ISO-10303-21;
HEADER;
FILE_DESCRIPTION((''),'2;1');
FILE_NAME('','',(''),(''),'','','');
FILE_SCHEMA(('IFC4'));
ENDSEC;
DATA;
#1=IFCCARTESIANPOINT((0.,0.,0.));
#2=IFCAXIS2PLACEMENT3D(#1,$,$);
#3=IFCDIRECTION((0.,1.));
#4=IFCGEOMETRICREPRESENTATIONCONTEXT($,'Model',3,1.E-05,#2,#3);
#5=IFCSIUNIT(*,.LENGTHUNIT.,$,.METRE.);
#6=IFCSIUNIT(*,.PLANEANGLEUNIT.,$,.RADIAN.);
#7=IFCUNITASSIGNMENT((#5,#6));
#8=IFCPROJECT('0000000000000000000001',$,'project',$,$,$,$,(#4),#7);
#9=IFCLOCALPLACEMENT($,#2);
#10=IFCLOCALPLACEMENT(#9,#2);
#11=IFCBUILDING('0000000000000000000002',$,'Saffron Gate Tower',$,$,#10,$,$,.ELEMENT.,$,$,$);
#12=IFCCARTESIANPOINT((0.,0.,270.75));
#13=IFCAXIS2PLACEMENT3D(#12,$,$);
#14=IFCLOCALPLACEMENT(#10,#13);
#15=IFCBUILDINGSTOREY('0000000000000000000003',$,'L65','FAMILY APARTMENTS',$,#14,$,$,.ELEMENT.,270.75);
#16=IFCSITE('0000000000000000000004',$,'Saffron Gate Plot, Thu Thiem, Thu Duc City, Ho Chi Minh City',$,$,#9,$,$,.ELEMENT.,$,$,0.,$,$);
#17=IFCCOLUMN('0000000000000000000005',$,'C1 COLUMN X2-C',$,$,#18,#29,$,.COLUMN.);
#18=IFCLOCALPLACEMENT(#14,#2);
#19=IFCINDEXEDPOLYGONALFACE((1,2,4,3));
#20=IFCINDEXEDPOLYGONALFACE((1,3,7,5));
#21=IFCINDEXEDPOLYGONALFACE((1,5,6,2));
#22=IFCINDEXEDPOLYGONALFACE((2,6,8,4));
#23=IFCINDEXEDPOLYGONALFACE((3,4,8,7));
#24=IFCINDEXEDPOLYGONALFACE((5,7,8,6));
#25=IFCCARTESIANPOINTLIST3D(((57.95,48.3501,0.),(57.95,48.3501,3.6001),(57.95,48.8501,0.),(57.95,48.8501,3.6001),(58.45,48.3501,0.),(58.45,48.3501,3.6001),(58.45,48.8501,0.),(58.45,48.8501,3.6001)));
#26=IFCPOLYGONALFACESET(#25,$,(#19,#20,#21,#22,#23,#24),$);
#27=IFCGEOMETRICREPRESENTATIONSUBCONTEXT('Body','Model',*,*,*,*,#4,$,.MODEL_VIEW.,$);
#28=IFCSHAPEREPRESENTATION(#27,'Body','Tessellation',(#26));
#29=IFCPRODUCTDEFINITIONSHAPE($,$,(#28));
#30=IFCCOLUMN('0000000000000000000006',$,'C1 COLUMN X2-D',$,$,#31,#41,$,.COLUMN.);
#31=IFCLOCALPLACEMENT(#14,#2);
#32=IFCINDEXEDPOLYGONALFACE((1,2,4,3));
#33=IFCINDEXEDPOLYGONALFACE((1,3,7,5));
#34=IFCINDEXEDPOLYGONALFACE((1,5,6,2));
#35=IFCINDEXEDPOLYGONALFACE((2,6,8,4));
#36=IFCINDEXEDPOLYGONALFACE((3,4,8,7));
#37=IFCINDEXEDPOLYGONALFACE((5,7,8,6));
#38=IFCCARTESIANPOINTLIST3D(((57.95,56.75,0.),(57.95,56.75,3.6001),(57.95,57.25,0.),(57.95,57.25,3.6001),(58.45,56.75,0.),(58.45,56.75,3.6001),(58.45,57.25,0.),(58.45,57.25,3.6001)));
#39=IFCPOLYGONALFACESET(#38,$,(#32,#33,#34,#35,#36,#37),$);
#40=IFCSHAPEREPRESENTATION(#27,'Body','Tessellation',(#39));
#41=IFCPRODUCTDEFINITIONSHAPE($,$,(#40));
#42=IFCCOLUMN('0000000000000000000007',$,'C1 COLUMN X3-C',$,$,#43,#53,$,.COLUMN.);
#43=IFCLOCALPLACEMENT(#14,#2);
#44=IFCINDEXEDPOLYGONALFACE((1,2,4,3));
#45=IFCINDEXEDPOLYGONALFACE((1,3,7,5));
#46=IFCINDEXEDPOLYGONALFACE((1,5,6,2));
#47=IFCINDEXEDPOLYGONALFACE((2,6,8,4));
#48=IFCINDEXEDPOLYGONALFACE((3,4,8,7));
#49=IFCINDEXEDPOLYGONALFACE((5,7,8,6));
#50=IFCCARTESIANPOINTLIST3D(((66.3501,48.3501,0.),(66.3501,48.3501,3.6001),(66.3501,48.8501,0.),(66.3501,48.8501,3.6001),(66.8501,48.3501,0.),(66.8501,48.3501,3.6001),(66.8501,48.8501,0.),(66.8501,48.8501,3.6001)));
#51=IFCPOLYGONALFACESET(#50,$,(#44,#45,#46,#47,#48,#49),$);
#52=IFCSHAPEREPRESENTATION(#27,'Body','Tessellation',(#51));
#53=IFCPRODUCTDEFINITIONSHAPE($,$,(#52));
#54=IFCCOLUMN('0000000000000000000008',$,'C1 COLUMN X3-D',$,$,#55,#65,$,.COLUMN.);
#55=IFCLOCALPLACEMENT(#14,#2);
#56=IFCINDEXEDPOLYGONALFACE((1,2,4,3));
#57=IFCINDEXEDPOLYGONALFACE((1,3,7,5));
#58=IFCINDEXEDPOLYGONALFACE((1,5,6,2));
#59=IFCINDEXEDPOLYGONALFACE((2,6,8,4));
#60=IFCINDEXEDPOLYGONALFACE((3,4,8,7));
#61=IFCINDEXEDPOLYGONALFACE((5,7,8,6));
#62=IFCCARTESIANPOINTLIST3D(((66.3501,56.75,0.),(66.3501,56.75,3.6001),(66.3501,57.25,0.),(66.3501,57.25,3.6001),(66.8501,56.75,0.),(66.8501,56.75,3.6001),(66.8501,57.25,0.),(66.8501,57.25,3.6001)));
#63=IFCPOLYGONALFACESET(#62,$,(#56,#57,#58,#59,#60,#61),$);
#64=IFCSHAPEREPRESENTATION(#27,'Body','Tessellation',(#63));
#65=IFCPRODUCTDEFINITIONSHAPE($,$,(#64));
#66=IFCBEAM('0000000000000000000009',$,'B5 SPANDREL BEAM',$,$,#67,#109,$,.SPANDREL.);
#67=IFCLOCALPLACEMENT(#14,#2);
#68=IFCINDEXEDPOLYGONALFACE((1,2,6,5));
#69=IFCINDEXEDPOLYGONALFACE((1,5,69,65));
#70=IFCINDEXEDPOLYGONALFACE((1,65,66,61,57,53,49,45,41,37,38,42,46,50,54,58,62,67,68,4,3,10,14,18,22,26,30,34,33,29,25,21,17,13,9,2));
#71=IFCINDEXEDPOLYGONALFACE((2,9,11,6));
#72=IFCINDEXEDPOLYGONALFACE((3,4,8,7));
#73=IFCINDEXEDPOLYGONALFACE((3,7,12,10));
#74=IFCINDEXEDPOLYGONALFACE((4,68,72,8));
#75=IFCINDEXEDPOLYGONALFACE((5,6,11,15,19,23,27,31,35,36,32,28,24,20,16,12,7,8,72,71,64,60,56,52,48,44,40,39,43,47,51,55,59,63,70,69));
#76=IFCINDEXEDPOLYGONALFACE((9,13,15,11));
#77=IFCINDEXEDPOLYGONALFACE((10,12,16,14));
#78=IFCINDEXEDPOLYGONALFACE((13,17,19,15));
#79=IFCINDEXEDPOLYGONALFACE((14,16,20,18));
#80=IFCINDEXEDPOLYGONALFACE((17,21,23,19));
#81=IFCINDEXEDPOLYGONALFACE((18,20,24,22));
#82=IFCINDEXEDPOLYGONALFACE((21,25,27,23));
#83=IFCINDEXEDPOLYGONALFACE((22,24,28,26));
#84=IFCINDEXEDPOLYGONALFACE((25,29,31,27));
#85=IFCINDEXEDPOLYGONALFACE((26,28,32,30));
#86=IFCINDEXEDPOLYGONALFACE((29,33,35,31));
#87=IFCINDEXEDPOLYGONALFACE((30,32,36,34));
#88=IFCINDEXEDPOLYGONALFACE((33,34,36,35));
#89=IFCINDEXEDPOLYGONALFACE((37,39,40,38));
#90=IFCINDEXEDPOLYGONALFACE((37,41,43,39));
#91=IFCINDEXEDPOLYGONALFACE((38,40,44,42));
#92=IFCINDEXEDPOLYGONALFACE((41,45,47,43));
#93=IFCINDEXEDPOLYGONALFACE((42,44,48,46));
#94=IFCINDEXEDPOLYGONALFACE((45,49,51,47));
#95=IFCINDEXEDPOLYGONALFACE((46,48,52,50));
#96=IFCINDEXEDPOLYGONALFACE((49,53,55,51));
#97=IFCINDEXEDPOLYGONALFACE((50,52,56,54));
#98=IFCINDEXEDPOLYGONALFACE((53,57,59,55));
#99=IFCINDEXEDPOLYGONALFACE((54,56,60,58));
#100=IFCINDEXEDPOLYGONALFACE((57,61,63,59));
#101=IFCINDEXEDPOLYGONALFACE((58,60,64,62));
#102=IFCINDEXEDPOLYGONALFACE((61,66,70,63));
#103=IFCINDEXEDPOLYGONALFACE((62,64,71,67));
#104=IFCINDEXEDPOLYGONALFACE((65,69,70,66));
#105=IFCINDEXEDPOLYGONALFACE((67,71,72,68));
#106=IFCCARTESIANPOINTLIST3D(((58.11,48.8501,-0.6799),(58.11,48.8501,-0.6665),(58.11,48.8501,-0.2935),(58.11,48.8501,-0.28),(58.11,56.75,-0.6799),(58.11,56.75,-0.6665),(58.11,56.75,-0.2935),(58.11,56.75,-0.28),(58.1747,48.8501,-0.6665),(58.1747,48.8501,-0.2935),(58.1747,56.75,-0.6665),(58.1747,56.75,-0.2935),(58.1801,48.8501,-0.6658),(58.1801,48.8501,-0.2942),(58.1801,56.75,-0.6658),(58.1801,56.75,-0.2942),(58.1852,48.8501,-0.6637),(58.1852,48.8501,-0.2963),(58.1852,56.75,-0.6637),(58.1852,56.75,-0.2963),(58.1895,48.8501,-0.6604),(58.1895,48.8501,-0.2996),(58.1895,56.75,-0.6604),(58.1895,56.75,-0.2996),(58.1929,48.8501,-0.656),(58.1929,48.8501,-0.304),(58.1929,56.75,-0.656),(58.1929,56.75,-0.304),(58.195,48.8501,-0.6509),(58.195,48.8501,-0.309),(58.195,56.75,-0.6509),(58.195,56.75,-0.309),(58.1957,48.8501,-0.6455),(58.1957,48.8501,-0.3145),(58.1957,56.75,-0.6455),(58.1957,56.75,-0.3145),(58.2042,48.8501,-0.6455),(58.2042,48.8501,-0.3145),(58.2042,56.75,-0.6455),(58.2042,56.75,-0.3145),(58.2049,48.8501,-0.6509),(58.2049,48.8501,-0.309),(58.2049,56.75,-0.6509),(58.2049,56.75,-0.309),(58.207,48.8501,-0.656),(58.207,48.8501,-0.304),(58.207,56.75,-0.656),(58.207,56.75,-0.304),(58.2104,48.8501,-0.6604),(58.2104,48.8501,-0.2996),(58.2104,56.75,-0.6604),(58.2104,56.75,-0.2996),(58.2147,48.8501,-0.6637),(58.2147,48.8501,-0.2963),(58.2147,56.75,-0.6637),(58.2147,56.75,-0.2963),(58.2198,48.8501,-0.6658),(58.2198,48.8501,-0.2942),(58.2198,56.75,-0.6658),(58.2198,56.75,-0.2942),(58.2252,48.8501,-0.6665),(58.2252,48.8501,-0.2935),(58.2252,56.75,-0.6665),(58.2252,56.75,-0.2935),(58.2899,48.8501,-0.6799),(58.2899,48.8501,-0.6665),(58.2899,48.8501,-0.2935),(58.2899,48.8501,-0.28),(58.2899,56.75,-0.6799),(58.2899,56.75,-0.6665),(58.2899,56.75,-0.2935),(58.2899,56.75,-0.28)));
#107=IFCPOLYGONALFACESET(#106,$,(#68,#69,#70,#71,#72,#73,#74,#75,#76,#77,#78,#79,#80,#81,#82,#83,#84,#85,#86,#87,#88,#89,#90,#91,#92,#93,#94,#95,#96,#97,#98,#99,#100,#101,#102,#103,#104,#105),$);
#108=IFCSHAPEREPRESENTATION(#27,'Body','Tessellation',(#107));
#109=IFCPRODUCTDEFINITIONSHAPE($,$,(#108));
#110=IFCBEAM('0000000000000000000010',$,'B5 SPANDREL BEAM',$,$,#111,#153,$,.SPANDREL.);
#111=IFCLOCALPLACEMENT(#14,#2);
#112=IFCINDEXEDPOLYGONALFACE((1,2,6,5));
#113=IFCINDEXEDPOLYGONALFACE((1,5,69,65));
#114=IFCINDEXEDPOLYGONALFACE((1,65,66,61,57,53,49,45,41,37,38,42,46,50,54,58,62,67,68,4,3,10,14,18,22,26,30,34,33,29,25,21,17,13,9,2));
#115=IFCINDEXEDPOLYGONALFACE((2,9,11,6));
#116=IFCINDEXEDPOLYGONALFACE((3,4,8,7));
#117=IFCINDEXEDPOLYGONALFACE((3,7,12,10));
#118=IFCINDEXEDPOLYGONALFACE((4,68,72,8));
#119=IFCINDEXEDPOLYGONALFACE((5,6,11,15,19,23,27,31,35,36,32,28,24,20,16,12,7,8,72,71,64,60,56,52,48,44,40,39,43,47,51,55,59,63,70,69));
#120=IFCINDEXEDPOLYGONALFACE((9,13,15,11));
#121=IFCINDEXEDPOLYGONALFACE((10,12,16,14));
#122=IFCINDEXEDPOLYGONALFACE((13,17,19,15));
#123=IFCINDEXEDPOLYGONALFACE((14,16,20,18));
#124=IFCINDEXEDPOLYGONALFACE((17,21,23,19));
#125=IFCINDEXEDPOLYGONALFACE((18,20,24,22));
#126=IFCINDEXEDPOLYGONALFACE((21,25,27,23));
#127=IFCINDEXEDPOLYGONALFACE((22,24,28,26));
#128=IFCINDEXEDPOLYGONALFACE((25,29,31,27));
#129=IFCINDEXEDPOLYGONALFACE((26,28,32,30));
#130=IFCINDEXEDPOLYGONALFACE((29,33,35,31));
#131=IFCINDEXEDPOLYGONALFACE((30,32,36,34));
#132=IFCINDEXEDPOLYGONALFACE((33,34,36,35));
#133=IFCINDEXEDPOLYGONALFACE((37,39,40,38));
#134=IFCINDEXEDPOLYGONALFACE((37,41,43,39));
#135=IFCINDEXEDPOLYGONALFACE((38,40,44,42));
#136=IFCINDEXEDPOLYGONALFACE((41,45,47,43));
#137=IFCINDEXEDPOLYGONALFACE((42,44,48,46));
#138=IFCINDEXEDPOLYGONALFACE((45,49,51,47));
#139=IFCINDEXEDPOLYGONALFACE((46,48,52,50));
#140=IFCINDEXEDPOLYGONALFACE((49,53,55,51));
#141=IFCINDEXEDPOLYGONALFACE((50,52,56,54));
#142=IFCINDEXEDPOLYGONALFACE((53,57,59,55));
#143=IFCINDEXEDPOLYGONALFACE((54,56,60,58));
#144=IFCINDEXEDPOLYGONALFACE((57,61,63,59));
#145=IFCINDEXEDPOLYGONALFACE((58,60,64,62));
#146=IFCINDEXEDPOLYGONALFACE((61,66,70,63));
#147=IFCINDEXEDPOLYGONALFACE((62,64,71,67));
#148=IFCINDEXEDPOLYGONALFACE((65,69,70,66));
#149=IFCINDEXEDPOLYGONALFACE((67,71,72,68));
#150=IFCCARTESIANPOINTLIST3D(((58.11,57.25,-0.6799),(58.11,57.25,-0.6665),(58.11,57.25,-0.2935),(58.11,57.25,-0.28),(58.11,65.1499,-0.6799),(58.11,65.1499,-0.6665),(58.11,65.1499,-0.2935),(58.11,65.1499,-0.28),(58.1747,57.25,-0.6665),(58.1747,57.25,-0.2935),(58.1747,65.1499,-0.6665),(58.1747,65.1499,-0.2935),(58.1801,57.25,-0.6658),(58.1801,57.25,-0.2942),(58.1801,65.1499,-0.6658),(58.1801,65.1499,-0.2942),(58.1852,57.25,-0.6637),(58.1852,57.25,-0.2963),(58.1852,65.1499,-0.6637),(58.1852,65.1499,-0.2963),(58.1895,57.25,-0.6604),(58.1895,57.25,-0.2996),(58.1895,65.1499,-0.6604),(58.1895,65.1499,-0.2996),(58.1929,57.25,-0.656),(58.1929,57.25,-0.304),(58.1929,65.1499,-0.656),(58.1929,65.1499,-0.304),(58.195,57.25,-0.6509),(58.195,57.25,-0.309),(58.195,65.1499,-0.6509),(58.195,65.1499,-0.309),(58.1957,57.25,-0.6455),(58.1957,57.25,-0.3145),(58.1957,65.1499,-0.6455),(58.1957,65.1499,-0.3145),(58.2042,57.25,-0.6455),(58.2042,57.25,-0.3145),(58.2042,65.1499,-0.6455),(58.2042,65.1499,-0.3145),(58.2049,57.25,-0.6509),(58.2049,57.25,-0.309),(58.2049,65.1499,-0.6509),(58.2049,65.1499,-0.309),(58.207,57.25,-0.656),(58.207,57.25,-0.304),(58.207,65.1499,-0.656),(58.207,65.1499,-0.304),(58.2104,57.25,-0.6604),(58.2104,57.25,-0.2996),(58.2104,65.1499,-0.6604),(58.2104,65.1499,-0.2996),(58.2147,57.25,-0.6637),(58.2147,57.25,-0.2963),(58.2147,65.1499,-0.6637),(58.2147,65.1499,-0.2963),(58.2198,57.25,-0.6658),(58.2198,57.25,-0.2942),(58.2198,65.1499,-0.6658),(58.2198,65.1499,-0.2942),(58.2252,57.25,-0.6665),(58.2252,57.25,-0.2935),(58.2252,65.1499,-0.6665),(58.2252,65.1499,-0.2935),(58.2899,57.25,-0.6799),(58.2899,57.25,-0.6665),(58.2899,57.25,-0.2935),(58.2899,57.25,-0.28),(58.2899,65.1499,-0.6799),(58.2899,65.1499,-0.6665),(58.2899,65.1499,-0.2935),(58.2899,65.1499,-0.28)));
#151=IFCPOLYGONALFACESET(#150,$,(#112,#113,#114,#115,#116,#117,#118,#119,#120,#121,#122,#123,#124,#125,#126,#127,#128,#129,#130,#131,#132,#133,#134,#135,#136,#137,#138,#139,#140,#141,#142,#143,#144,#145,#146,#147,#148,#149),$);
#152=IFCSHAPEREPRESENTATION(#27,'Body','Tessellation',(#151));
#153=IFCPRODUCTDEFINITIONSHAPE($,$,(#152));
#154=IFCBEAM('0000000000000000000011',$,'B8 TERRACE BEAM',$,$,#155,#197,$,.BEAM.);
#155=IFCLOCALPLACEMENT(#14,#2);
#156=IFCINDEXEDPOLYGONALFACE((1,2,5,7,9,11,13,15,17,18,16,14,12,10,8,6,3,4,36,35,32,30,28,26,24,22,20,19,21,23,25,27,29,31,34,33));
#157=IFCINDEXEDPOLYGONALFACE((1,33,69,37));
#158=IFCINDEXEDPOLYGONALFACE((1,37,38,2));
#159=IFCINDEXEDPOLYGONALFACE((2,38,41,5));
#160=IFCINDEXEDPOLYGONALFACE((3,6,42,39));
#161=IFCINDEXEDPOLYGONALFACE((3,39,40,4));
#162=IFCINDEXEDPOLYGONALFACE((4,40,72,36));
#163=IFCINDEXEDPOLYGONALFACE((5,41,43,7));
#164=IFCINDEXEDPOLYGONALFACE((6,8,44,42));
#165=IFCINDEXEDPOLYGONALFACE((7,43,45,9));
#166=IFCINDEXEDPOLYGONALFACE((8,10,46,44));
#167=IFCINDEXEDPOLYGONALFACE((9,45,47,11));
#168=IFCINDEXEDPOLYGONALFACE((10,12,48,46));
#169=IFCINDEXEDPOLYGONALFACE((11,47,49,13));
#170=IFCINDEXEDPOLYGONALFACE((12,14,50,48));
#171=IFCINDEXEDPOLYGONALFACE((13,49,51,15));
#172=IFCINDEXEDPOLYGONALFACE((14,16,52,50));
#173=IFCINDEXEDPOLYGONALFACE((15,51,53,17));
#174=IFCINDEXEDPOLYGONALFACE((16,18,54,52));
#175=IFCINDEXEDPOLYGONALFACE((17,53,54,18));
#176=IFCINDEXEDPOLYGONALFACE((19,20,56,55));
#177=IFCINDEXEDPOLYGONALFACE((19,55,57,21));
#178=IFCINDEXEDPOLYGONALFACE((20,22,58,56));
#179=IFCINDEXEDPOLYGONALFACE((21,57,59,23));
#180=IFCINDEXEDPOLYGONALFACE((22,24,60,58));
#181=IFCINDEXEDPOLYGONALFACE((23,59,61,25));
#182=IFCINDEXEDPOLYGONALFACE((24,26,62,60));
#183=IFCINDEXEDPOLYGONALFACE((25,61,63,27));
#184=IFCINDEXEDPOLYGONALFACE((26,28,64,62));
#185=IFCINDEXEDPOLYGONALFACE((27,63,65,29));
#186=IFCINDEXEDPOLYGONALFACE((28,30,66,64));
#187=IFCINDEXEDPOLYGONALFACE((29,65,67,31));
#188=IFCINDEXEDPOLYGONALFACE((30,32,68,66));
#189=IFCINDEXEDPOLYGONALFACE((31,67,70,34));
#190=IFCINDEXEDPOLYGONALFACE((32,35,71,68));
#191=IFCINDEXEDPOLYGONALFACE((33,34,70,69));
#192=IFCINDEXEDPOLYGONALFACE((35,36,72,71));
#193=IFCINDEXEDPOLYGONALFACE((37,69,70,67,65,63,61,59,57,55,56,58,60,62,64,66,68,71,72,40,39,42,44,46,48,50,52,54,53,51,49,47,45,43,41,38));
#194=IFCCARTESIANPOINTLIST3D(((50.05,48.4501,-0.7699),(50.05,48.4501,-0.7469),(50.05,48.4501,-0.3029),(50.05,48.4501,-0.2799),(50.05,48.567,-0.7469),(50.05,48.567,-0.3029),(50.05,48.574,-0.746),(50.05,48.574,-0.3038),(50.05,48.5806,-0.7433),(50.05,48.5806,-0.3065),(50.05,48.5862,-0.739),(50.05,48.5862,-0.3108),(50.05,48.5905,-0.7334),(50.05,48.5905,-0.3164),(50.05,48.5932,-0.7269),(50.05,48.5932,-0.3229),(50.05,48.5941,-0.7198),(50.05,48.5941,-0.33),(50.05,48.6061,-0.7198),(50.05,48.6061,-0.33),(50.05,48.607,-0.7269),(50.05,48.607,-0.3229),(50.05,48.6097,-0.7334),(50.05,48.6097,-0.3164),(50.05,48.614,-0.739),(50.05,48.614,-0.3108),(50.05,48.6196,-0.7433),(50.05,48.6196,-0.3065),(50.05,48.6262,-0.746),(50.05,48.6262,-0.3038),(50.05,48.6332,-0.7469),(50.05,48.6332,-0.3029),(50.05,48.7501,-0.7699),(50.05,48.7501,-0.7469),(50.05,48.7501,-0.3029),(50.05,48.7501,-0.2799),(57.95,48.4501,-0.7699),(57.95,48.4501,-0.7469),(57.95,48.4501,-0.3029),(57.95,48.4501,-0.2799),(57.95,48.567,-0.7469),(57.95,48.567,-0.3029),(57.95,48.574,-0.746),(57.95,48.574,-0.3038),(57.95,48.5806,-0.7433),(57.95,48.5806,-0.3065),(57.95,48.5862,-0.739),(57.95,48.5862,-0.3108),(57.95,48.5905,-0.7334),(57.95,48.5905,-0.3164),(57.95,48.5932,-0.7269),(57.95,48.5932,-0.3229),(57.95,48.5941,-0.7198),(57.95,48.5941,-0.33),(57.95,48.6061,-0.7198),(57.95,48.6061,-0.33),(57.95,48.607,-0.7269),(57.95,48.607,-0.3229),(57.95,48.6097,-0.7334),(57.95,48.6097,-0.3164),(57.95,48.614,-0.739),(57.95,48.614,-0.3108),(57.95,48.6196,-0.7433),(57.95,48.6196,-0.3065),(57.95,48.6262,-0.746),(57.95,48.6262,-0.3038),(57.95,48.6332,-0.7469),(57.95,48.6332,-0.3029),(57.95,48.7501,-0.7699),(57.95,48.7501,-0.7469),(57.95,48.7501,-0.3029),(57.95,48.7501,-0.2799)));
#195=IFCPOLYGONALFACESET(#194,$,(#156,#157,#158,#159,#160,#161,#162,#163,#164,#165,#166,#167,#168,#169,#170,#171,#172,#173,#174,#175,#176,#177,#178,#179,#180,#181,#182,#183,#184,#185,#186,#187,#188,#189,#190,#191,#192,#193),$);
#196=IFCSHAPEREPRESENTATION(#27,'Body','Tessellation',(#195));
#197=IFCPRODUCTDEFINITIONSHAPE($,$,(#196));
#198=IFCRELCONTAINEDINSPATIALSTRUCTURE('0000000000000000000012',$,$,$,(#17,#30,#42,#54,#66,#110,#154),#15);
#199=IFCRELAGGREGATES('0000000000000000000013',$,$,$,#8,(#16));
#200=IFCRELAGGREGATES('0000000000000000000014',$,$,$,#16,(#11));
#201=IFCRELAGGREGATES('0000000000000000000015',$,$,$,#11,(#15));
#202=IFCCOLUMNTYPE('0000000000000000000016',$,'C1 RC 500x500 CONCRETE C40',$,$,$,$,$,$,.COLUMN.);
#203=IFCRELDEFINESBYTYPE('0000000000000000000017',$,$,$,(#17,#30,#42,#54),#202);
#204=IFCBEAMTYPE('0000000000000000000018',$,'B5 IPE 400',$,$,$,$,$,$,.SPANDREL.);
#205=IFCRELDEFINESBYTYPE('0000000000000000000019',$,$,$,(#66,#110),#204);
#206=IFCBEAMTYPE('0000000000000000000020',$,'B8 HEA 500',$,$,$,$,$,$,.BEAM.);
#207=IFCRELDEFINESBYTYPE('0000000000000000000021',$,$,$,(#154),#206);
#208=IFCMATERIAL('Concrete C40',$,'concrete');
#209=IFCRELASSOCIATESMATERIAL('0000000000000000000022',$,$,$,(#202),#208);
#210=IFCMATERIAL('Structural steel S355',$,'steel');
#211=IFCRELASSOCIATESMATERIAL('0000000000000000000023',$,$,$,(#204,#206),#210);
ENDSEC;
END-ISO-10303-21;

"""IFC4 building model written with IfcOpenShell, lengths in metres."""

from ifc_helpers import new_model, si_unit, direction, frame, origin, origin_2d, place, context, subcontext, project, spatial, rectangle, i_section, extrude, material, material_profile, profile_set, type_object, element, save


model = new_model("IFC4")

# Units and contexts
model_context = context("Model", 3, precision=1e-05, world=origin(), true_north=direction((0.0, 1.0)))
body_context = subcontext(model_context, "Body", "Model", "MODEL_VIEW")
ifc_project = project(units=[si_unit("LENGTHUNIT", "METRE"), si_unit("PLANEANGLEUNIT", "RADIAN")], contexts=[model_context])

# Site, building, storey
site_placement = place(None, origin())
site = spatial("IfcSite", under=ifc_project, at=site_placement, Name="Saffron Gate Plot, Thu Thiem, Thu Duc City, Ho Chi Minh City", CompositionType="ELEMENT", RefElevation=0.0)
building_placement = place(site_placement, origin())
building = spatial("IfcBuilding", under=site, at=building_placement, Name="Saffron Gate Tower", CompositionType="ELEMENT")
storey_placement = place(building_placement, frame((0.0, 0.0, 270.75)))
storey = spatial("IfcBuildingStorey", under=building, at=storey_placement, Name="L65", Description="FAMILY APARTMENTS", CompositionType="ELEMENT", Elevation=270.75)

# Columns
ifc_material_1 = material(Name="Concrete C40", Category="concrete")
ifc_material_profile_1 = material_profile(ifc_material_1, rectangle(XDim=0.5, YDim=0.5, at=origin_2d()))
ifc_profile_set_1 = profile_set([ifc_material_profile_1], Name="Concrete C40")
column_type = type_object("IfcColumnType", Name="C1 RC 500x500 CONCRETE C40", PredefinedType="COLUMN", material=ifc_profile_set_1)
for number, where, z_axis, x_axis, name in (
    (1, (58.2, 48.6001, 0.0), (0.0, 0.0, 1.0), (1.0, 0.0, 0.0), "C1 COLUMN X2-C"),
    (2, (58.2, 57.0, 0.0), (0.0, 0.0, 1.0), (1.0, 0.0, 0.0), "C1 COLUMN X2-D"),
    (3, (66.6001, 48.6001, 0.0), (0.0, 0.0, 1.0), (1.0, 0.0, 0.0), "C1 COLUMN X3-C"),
    (4, (66.6001, 57.0, 0.0), (0.0, 0.0, 1.0), (1.0, 0.0, 0.0), "C1 COLUMN X3-D"),
):
    element("IfcColumn", number, at=place(storey_placement, frame(where, z_axis=z_axis, x_axis=x_axis)), inside=storey, type_object=column_type, Name=name, PredefinedType="COLUMN", context=body_context, shape_type="SweptSolid", body=[
        extrude(rectangle(XDim=0.5, YDim=0.5, at=origin_2d()), origin(), (0.0, 0.0, 1.0), 3.6001),
    ])

# Beams
ifc_material_2 = material(Name="Structural steel S355", Category="steel")
ifc_material_profile_2 = material_profile(ifc_material_2, i_section(OverallWidth=0.1799, OverallDepth=0.3999, WebThickness=0.0085, FlangeThickness=0.0134, FilletRadius=0.021, at=origin_2d()))
ifc_profile_set_2 = profile_set([ifc_material_profile_2], Name="Structural steel S355")
beam_type_1 = type_object("IfcBeamType", Name="B5 IPE 400", PredefinedType="SPANDREL", material=ifc_profile_set_2)
for number, where, z_axis, x_axis, name in (
    (5, (58.2, 48.8501, -0.48), (0.0, 1.0, 0.0), (-1.0, 0.0, 0.0), "B5 SPANDREL BEAM"),
    (6, (58.2, 57.25, -0.48), (0.0, 1.0, 0.0), (-1.0, 0.0, 0.0), "B5 SPANDREL BEAM"),
):
    element("IfcBeam", number, at=place(storey_placement, frame(where, z_axis=z_axis, x_axis=x_axis)), inside=storey, type_object=beam_type_1, Name=name, PredefinedType="SPANDREL", context=body_context, shape_type="SweptSolid", body=[
        extrude(i_section(OverallWidth=0.1799, OverallDepth=0.3999, WebThickness=0.0085, FlangeThickness=0.0134, FilletRadius=0.021, at=origin_2d()), origin(), (0.0, 0.0, 1.0), 7.8999),
    ])
ifc_material_profile_3 = material_profile(ifc_material_2, i_section(OverallWidth=0.3, OverallDepth=0.49, WebThickness=0.012, FlangeThickness=0.0229, FilletRadius=0.0271, at=origin_2d()))
ifc_profile_set_3 = profile_set([ifc_material_profile_3], Name="Structural steel S355")
beam_type_2 = type_object("IfcBeamType", Name="B8 HEA 500", PredefinedType="BEAM", material=ifc_profile_set_3)
for number, where, z_axis, x_axis, name in (
    (7, (50.05, 48.6001, -0.5249), (1.0, 0.0, 0.0), (0.0, 1.0, 0.0), "B8 TERRACE BEAM"),
):
    element("IfcBeam", number, at=place(storey_placement, frame(where, z_axis=z_axis, x_axis=x_axis)), inside=storey, type_object=beam_type_2, Name=name, PredefinedType="BEAM", context=body_context, shape_type="SweptSolid", body=[
        extrude(i_section(OverallWidth=0.3, OverallDepth=0.49, WebThickness=0.012, FlangeThickness=0.0229, FilletRadius=0.0271, at=origin_2d()), origin(), (0.0, 0.0, 1.0), 7.8999),
    ])

save(model, "model.ifc")
